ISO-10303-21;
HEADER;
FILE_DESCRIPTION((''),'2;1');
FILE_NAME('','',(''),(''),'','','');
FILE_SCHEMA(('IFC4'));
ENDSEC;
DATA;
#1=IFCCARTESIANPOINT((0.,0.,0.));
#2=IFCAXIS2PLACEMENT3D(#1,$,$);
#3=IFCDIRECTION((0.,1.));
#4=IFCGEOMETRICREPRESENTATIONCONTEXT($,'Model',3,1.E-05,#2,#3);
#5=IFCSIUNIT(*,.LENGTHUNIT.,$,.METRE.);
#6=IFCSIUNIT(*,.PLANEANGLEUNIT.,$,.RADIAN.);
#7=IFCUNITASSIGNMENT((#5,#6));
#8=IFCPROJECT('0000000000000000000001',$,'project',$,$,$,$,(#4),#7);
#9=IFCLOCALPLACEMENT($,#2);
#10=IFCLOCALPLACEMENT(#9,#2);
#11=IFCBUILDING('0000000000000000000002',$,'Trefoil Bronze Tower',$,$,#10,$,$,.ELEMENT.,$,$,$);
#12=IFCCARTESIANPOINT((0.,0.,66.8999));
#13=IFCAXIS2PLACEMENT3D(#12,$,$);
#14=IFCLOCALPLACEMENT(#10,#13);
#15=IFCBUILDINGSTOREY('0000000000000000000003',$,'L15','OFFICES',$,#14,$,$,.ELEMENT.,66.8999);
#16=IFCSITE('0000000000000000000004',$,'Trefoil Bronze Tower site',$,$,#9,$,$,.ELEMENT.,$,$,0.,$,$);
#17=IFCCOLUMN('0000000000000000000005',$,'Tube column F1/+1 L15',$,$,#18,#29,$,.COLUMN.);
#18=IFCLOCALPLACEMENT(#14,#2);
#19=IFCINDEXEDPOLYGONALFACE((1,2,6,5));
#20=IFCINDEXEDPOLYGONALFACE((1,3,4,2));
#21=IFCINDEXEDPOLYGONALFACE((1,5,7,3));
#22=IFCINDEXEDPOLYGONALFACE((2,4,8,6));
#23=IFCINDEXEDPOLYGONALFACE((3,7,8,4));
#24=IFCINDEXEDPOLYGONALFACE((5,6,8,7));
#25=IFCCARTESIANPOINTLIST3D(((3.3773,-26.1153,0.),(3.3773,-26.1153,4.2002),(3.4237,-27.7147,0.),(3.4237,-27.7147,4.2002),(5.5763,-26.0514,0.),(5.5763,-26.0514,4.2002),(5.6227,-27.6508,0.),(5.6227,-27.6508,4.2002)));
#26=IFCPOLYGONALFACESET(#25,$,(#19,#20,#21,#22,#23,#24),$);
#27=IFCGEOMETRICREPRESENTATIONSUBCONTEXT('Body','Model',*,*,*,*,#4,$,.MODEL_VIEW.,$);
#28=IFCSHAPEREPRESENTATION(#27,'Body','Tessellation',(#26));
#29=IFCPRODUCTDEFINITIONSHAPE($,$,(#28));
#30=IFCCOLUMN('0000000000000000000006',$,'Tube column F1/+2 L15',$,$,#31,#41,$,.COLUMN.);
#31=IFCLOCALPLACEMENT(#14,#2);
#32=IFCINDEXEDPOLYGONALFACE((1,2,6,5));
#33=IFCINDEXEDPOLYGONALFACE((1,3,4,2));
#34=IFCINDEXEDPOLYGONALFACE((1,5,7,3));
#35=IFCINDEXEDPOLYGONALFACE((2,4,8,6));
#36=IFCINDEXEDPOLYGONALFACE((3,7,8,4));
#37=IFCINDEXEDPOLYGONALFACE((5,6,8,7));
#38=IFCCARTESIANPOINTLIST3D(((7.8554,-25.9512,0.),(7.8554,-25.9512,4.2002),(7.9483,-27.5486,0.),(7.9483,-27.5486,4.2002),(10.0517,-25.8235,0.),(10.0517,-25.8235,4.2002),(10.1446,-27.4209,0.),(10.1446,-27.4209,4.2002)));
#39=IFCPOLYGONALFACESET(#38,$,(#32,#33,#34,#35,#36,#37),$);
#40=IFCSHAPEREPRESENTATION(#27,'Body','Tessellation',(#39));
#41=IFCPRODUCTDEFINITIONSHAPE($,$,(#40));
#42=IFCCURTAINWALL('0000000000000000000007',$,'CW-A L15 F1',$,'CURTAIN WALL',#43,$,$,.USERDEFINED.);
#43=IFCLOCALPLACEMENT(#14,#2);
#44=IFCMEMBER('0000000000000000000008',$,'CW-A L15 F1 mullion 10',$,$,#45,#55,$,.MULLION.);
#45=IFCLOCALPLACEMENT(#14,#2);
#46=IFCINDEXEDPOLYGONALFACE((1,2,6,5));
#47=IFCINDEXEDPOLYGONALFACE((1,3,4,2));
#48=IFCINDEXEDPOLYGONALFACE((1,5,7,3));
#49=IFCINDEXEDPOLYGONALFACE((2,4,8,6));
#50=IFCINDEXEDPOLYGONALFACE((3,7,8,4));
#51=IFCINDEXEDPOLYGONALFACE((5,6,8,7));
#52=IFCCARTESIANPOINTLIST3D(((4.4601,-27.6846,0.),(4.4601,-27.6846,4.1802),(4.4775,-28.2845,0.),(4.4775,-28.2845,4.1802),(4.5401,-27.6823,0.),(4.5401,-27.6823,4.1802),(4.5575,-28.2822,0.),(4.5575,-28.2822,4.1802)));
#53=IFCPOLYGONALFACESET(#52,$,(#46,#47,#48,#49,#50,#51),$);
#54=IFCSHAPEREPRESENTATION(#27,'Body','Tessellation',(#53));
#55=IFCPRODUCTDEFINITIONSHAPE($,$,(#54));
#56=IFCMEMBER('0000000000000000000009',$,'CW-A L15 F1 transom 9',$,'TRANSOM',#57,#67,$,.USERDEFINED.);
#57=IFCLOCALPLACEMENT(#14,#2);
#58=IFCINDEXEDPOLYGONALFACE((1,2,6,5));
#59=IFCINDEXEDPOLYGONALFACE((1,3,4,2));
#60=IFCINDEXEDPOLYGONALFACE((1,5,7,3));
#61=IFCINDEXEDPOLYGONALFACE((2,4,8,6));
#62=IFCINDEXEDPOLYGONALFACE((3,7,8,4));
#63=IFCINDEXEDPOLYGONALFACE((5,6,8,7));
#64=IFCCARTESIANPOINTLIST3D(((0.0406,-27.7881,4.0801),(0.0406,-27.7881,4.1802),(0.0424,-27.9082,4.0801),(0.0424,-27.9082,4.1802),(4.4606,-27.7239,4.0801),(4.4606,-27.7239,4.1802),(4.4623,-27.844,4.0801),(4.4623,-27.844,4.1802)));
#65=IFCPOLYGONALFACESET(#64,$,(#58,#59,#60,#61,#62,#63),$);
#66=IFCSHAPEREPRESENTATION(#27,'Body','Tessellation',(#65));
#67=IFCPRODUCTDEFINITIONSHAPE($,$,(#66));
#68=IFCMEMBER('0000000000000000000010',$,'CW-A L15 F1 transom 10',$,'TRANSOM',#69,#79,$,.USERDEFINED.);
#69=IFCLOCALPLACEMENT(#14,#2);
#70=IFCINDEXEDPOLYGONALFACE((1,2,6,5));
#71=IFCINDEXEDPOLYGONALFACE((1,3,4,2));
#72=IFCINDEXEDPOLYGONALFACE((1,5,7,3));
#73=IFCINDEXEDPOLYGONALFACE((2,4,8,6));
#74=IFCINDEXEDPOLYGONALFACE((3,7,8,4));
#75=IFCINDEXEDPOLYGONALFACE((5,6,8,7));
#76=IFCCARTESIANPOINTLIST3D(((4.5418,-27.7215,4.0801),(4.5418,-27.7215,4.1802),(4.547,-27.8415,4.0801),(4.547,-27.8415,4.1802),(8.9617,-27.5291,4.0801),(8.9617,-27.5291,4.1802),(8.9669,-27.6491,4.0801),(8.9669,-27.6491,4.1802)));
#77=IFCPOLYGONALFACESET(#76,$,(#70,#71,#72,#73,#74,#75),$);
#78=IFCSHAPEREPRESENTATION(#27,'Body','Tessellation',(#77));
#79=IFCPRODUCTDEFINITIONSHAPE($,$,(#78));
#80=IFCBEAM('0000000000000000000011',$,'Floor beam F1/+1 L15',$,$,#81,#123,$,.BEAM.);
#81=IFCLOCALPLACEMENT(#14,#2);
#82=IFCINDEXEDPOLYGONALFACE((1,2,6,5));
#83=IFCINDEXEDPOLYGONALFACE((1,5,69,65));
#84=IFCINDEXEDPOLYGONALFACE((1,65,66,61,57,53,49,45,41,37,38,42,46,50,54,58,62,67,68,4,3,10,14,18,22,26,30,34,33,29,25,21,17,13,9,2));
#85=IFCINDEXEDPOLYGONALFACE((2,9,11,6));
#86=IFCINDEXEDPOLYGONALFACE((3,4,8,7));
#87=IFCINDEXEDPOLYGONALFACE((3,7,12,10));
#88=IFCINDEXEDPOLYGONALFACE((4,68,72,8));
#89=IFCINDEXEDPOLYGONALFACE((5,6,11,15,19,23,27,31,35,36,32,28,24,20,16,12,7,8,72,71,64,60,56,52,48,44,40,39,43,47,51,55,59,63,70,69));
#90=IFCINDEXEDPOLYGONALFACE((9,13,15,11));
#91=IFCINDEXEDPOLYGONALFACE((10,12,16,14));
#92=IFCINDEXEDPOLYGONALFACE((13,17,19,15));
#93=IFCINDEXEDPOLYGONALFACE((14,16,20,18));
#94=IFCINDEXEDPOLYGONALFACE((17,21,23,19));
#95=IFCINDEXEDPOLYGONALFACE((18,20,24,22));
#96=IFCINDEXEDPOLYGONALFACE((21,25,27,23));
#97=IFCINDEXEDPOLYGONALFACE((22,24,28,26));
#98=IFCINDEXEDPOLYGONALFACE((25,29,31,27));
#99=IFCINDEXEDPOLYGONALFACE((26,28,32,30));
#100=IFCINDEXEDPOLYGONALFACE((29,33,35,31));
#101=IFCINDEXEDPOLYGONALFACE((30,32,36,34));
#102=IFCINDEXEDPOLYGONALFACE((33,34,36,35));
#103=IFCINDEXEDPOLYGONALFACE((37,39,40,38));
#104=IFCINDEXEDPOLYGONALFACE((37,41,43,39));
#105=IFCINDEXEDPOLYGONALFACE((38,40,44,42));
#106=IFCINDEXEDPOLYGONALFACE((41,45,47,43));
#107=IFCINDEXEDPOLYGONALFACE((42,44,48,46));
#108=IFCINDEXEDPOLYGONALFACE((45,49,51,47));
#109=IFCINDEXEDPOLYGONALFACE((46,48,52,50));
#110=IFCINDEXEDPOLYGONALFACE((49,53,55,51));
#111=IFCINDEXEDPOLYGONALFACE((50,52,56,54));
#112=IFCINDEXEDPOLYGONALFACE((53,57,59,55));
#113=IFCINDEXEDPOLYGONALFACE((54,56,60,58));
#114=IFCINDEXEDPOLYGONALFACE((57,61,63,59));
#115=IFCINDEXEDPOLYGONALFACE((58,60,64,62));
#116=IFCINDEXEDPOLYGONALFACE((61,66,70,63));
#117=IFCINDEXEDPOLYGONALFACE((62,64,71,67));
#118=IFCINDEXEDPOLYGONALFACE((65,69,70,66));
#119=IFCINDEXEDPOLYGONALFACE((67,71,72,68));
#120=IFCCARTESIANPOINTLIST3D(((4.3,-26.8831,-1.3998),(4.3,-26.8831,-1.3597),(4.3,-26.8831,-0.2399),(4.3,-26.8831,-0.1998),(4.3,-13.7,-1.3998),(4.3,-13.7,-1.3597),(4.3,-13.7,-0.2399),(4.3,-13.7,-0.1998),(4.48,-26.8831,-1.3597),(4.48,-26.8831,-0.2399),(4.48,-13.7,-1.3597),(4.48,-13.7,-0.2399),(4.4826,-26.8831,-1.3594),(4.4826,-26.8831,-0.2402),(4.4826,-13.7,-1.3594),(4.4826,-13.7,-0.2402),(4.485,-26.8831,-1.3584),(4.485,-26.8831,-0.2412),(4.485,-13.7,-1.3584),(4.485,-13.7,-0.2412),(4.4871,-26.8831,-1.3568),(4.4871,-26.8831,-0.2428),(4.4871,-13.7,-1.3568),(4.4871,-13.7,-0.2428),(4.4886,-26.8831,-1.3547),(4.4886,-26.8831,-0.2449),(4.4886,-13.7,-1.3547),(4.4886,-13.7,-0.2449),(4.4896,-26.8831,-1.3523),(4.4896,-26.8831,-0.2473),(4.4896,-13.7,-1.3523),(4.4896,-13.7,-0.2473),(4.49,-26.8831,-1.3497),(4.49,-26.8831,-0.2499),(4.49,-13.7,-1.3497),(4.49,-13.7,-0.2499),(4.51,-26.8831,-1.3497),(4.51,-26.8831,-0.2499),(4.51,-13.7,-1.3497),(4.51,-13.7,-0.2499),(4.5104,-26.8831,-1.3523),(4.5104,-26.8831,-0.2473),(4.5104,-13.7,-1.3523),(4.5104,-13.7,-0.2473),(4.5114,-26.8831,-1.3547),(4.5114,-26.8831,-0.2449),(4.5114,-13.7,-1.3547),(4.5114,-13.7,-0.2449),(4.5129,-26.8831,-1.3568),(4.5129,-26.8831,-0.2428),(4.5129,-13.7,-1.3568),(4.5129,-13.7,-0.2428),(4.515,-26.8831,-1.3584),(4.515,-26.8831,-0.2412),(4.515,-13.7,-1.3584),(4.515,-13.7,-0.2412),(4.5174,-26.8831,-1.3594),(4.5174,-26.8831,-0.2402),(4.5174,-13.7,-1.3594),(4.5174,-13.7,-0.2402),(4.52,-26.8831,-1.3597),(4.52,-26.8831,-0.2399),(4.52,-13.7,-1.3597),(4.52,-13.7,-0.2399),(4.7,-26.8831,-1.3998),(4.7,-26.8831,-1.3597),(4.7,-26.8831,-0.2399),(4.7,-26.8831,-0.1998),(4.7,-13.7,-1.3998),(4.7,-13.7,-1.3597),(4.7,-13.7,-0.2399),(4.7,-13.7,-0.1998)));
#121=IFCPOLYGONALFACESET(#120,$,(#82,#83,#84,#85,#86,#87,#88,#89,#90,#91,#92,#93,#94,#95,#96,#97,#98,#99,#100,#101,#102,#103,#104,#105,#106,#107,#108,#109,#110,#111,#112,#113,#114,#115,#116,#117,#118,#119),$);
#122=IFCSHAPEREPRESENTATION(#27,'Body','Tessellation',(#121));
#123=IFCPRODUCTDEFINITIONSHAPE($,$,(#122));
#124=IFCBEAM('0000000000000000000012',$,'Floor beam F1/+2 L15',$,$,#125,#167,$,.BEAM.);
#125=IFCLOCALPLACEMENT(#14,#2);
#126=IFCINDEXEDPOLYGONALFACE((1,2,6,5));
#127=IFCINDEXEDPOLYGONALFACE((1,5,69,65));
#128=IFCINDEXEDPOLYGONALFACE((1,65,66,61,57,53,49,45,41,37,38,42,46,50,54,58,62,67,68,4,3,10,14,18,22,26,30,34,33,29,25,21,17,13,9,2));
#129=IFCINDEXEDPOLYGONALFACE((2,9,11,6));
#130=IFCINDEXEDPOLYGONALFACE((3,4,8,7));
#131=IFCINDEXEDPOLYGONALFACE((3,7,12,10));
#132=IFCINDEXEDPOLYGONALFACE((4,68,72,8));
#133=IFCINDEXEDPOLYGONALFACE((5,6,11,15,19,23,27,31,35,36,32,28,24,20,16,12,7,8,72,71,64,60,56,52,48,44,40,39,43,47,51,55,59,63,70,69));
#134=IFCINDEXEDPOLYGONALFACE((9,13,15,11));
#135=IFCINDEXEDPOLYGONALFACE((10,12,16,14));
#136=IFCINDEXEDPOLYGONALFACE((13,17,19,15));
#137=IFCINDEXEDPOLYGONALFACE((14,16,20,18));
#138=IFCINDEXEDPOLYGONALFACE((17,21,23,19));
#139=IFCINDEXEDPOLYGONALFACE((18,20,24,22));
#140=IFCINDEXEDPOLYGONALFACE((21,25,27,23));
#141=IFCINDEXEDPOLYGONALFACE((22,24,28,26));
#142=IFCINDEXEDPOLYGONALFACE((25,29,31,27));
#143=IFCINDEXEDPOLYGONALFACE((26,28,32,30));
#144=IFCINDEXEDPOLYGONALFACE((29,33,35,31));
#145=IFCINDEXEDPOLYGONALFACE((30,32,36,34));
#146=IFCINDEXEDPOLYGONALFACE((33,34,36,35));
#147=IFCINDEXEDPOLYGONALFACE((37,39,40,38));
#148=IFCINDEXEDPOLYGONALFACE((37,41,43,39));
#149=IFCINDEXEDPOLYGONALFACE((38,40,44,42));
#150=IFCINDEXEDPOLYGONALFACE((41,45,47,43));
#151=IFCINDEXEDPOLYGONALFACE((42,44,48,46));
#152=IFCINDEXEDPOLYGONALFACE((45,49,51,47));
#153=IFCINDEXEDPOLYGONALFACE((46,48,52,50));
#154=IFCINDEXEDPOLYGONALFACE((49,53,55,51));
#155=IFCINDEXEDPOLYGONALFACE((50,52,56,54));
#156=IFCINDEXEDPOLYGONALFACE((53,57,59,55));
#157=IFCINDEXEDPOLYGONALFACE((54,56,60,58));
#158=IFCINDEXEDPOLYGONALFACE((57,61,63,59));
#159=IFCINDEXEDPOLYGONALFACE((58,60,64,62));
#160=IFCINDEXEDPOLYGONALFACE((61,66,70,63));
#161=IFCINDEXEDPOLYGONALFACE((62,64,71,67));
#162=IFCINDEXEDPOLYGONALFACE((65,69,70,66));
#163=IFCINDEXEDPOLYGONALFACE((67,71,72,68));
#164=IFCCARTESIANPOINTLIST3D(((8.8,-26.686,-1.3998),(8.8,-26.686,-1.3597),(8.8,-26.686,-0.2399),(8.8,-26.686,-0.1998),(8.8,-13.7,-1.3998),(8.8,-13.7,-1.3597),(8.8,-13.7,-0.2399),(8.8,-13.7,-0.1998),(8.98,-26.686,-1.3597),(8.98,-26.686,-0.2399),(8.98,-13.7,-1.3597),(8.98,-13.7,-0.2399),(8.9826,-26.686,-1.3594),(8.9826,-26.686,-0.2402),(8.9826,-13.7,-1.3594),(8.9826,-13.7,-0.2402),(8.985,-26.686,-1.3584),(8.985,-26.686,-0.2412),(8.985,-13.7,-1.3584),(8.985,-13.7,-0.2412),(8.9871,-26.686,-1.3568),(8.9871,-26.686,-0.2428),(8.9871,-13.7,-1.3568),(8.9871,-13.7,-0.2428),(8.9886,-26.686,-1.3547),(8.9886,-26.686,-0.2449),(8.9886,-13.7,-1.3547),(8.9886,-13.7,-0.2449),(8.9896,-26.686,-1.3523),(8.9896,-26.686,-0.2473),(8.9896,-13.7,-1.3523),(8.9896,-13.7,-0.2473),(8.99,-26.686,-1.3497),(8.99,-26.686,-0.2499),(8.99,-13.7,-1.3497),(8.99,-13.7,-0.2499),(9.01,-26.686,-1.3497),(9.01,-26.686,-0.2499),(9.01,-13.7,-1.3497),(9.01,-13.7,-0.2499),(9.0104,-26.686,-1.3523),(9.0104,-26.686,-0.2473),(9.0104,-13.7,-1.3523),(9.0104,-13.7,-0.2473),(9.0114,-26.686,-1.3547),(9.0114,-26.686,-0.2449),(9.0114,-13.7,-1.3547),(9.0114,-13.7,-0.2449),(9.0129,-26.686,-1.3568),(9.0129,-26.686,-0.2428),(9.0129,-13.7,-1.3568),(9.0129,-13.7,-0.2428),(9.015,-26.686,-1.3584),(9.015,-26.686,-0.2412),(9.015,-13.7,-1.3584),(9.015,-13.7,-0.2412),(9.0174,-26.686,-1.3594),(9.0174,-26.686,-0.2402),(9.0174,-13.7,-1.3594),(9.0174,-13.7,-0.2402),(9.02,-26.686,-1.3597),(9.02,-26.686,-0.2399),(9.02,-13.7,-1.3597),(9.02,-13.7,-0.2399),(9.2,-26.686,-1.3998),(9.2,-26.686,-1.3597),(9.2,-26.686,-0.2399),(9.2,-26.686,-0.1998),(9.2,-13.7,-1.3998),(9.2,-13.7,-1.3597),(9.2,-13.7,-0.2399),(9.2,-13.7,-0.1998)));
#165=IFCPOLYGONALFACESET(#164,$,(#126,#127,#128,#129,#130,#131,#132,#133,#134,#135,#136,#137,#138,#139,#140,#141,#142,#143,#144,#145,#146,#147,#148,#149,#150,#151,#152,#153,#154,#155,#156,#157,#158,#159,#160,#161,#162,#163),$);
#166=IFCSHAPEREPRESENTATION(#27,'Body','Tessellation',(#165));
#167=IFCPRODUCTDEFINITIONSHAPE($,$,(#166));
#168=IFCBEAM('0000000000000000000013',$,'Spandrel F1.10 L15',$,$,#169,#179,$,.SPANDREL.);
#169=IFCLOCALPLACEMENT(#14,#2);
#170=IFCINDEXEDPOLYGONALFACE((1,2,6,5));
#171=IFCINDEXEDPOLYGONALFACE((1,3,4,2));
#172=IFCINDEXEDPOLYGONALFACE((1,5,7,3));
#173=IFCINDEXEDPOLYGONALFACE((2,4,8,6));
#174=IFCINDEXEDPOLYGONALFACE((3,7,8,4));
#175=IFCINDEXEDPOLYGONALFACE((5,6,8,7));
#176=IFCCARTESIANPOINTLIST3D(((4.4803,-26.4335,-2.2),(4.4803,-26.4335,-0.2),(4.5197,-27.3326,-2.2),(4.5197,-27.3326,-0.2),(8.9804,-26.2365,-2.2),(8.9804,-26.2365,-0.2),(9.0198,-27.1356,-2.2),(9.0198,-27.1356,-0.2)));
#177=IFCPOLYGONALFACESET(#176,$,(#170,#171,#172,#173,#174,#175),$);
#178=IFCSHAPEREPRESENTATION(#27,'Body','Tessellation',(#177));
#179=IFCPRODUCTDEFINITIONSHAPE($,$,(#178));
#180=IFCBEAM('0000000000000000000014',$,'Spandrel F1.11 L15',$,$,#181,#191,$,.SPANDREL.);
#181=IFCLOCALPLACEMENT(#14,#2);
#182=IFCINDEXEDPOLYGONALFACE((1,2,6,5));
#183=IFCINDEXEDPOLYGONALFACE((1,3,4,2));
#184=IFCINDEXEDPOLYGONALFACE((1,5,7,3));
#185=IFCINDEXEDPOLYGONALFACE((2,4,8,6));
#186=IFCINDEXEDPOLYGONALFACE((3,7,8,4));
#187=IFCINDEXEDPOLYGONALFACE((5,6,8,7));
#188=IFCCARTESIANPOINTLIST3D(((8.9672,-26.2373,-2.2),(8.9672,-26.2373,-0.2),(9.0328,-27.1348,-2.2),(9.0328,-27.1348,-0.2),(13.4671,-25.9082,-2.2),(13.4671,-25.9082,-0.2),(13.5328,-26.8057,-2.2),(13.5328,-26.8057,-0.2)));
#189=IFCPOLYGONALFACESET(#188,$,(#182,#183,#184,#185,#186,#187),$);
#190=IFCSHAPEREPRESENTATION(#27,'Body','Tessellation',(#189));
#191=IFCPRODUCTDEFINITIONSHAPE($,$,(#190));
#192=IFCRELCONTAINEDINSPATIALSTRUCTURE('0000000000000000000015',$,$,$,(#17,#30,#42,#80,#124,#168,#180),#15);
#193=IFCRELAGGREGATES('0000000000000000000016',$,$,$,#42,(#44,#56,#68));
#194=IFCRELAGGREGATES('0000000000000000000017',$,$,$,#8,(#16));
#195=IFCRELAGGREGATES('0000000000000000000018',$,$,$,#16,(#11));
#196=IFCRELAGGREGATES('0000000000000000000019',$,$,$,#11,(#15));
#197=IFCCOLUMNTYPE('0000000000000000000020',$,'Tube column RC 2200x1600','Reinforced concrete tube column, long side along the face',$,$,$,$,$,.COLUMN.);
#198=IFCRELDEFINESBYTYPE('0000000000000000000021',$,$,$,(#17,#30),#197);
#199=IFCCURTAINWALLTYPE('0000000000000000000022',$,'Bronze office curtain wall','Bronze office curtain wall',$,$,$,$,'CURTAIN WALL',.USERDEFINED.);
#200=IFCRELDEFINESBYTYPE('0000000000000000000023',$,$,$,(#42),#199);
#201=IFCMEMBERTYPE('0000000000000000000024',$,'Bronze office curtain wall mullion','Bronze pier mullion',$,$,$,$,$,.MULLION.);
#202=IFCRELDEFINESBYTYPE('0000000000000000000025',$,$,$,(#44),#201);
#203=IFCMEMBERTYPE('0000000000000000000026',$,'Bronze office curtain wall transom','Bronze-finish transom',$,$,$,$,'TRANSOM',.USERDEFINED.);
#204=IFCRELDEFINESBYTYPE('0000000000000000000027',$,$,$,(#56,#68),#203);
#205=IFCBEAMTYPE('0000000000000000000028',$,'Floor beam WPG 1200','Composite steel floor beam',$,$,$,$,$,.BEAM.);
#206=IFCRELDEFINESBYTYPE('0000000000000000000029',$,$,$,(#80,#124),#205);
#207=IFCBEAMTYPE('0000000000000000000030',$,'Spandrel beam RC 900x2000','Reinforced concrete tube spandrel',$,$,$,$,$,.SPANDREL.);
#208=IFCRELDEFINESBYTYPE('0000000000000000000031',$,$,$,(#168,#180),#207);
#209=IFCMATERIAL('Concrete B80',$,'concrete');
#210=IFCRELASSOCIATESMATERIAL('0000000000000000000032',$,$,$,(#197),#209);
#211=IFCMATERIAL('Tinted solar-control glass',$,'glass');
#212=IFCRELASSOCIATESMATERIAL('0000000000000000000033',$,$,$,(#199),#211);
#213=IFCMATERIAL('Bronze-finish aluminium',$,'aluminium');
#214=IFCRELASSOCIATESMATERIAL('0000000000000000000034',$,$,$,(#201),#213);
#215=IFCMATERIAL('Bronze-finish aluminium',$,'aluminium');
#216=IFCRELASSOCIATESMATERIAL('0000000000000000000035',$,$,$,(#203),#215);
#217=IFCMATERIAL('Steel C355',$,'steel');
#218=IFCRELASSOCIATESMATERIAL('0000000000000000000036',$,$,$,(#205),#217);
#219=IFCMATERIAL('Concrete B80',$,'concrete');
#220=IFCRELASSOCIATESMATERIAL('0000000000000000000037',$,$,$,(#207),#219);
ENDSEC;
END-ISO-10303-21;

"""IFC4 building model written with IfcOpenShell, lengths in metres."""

from ifc_helpers import new_model, si_unit, direction, frame, origin, origin_2d, place, context, subcontext, project, spatial, rectangle, i_section, extrude, material, material_profile, profile_set, type_object, element, aggregate, save


model = new_model("IFC4")

# Units and contexts
model_context = context("Model", 3, precision=1e-05, world=origin(), true_north=direction((0.0, 1.0)))
body_context = subcontext(model_context, "Body", "Model", "MODEL_VIEW")
ifc_project = project(units=[si_unit("LENGTHUNIT", "METRE"), si_unit("PLANEANGLEUNIT", "RADIAN")], contexts=[model_context])

# Site, building, storey
site_placement = place(None, origin())
site = spatial("IfcSite", under=ifc_project, at=site_placement, Name="Trefoil Bronze Tower site", CompositionType="ELEMENT", RefElevation=0.0)
building_placement = place(site_placement, origin())
building = spatial("IfcBuilding", under=site, at=building_placement, Name="Trefoil Bronze Tower", CompositionType="ELEMENT")
storey_placement = place(building_placement, frame((0.0, 0.0, 66.8999)))
storey = spatial("IfcBuildingStorey", under=building, at=storey_placement, Name="L15", Description="OFFICES", CompositionType="ELEMENT", Elevation=66.8999)

# Columns
ifc_material_1 = material(Name="Concrete B80", Category="concrete")
ifc_material_profile_1 = material_profile(ifc_material_1, rectangle(XDim=2.2, YDim=1.6001, at=origin_2d()), Name="RC 2200x1600")
ifc_profile_set_1 = profile_set([ifc_material_profile_1], Name="Concrete B80")
column_type = type_object("IfcColumnType", Name="Tube column RC 2200x1600", Description="Reinforced concrete tube column, long side along the face", PredefinedType="COLUMN", material=ifc_profile_set_1)
for number, where, z_axis, x_axis, name in (
    (1, (4.5, -26.8831, 0.0), (0.0, 0.0, 1.0), (0.999579, 0.029022, 0.0), "Tube column F1/+1 L15"),
    (2, (9.0, -26.686, 0.0), (0.0, 0.0, 1.0), (0.998314, 0.058043, 0.0), "Tube column F1/+2 L15"),
):
    element("IfcColumn", number, at=place(storey_placement, frame(where, z_axis=z_axis, x_axis=x_axis)), inside=storey, type_object=column_type, Name=name, PredefinedType="COLUMN", context=body_context, shape_type="SweptSolid", body=[
        extrude(rectangle(XDim=2.2, YDim=1.6001, at=origin_2d()), origin(), (0.0, 0.0, 1.0), 4.2002),
    ])

# Curtain wall, members
ifc_material_2 = material(Name="Tinted solar-control glass", Category="glass")
curtain_wall_type = type_object("IfcCurtainWallType", Name="Bronze office curtain wall", Description="Bronze office curtain wall", ElementType="CURTAIN WALL", PredefinedType="USERDEFINED", material=ifc_material_2)
curtain_wall_placement = place(storey_placement, origin())
curtain_wall = element("IfcCurtainWall", 3, at=curtain_wall_placement, inside=storey, type_object=curtain_wall_type, Name="CW-A L15 F1", ObjectType="CURTAIN WALL", PredefinedType="USERDEFINED")
ifc_material_3 = material(Name="Bronze-finish aluminium", Category="aluminium")
ifc_material_profile_2 = material_profile(ifc_material_3, rectangle(XDim=0.6001, YDim=0.0801, at=origin_2d()), Name="CW-A mullion")
ifc_profile_set_2 = profile_set([ifc_material_profile_2], Name="Bronze-finish aluminium")
member_type_1 = type_object("IfcMemberType", Name="Bronze office curtain wall mullion", Description="Bronze pier mullion", PredefinedType="MULLION", material=ifc_profile_set_2)
member_1_placement = place(storey_placement, frame((4.5088, -27.9834, 0.0), z_axis=(0.0, 0.0, 1.0), x_axis=(-0.029022, 0.999579, 0.0)))
member_1 = element("IfcMember", 4, at=member_1_placement, type_object=member_type_1, Name="CW-A L15 F1 mullion 10", PredefinedType="MULLION", context=body_context, shape_type="SweptSolid", body=[
    extrude(rectangle(XDim=0.6001, YDim=0.0801, at=origin_2d()), origin(), (0.0, 0.0, 1.0), 4.1802),
])
ifc_material_4 = material(Name="Bronze-finish aluminium", Category="aluminium")
ifc_material_profile_3 = material_profile(ifc_material_4, rectangle(XDim=0.1201, YDim=0.1001, at=origin_2d()), Name="CW-A transom")
ifc_profile_set_3 = profile_set([ifc_material_profile_3], Name="Bronze-finish aluminium")
member_type_2 = type_object("IfcMemberType", Name="Bronze office curtain wall transom", Description="Bronze-finish transom", ElementType="TRANSOM", PredefinedType="USERDEFINED", material=ifc_profile_set_3)
member_2_placement = place(storey_placement, frame((0.0415, -27.8481, 4.1301), z_axis=(0.999894, 0.014526, 0.0), x_axis=(-0.014526, 0.999894, 0.0)))
member_2 = element("IfcMember", 5, at=member_2_placement, type_object=member_type_2, Name="CW-A L15 F1 transom 9", ObjectType="TRANSOM", PredefinedType="USERDEFINED", context=body_context, shape_type="SweptSolid", body=[
    extrude(rectangle(XDim=0.1201, YDim=0.1001, at=origin_2d()), origin(), (0.0, 0.0, 1.0), 4.4204),
])
member_3_placement = place(storey_placement, frame((4.5444, -27.7815, 4.1301), z_axis=(0.999054, 0.043485, 0.0), x_axis=(-0.043485, 0.999054, 0.0)))
member_3 = element("IfcMember", 6, at=member_3_placement, type_object=member_type_2, Name="CW-A L15 F1 transom 10", ObjectType="TRANSOM", PredefinedType="USERDEFINED", context=body_context, shape_type="SweptSolid", body=[
    extrude(rectangle(XDim=0.1201, YDim=0.1001, at=origin_2d()), origin(), (0.0, 0.0, 1.0), 4.4241),
])

# Beams
ifc_material_5 = material(Name="Steel C355", Category="steel")
ifc_material_profile_4 = material_profile(ifc_material_5, i_section(OverallWidth=0.3999, OverallDepth=1.2, WebThickness=0.02, FlangeThickness=0.04, FilletRadius=0.01, at=origin_2d()), Name="WPG 1200")
ifc_profile_set_4 = profile_set([ifc_material_profile_4], Name="Steel C355")
beam_type_1 = type_object("IfcBeamType", Name="Floor beam WPG 1200", Description="Composite steel floor beam", PredefinedType="BEAM", material=ifc_profile_set_4)
beam_1_placement = place(storey_placement, frame((4.5, -26.8831, -0.7998), z_axis=(0.0, 1.0, 0.0), x_axis=(-1.0, 0.0, 0.0)))
element("IfcBeam", 7, at=beam_1_placement, inside=storey, type_object=beam_type_1, Name="Floor beam F1/+1 L15", PredefinedType="BEAM", context=body_context, shape_type="SweptSolid", body=[
    extrude(i_section(OverallWidth=0.3999, OverallDepth=1.2, WebThickness=0.02, FlangeThickness=0.04, FilletRadius=0.01, at=origin_2d()), origin(), (0.0, 0.0, 1.0), 13.1831),
])
beam_2_placement = place(storey_placement, frame((9.0, -26.686, -0.7998), z_axis=(0.0, 1.0, 0.0), x_axis=(-1.0, 0.0, 0.0)))
element("IfcBeam", 8, at=beam_2_placement, inside=storey, type_object=beam_type_1, Name="Floor beam F1/+2 L15", PredefinedType="BEAM", context=body_context, shape_type="SweptSolid", body=[
    extrude(i_section(OverallWidth=0.3999, OverallDepth=1.2, WebThickness=0.02, FlangeThickness=0.04, FilletRadius=0.01, at=origin_2d()), origin(), (0.0, 0.0, 1.0), 12.9861),
])
ifc_material_6 = material(Name="Concrete B80", Category="concrete")
ifc_material_profile_5 = material_profile(ifc_material_6, rectangle(XDim=0.8999, YDim=2.0, at=origin_2d()), Name="RC 900x2000")
ifc_profile_set_5 = profile_set([ifc_material_profile_5], Name="Concrete B80")
beam_type_2 = type_object("IfcBeamType", Name="Spandrel beam RC 900x2000", Description="Reinforced concrete tube spandrel", PredefinedType="SPANDREL", material=ifc_profile_set_5)
beam_3_placement = place(storey_placement, frame((4.5, -26.8831, -1.2), z_axis=(0.999043, 0.043741, 0.0), x_axis=(-0.043741, 0.999043, 0.0)))
element("IfcBeam", 9, at=beam_3_placement, inside=storey, type_object=beam_type_2, Name="Spandrel F1.10 L15", PredefinedType="SPANDREL", context=body_context, shape_type="SweptSolid", body=[
    extrude(rectangle(XDim=0.8999, YDim=2.0, at=origin_2d()), origin(), (0.0, 0.0, 1.0), 4.5044),
])
beam_4_placement = place(storey_placement, frame((9.0, -26.686, -1.2), z_axis=(0.997336, 0.072939, 0.0), x_axis=(-0.072939, 0.997336, 0.0)))
element("IfcBeam", 10, at=beam_4_placement, inside=storey, type_object=beam_type_2, Name="Spandrel F1.11 L15", PredefinedType="SPANDREL", context=body_context, shape_type="SweptSolid", body=[
    extrude(rectangle(XDim=0.8999, YDim=2.0, at=origin_2d()), origin(), (0.0, 0.0, 1.0), 4.512),
])

aggregate(curtain_wall, [member_1, member_2, member_3])

save(model, "model.ifc")
